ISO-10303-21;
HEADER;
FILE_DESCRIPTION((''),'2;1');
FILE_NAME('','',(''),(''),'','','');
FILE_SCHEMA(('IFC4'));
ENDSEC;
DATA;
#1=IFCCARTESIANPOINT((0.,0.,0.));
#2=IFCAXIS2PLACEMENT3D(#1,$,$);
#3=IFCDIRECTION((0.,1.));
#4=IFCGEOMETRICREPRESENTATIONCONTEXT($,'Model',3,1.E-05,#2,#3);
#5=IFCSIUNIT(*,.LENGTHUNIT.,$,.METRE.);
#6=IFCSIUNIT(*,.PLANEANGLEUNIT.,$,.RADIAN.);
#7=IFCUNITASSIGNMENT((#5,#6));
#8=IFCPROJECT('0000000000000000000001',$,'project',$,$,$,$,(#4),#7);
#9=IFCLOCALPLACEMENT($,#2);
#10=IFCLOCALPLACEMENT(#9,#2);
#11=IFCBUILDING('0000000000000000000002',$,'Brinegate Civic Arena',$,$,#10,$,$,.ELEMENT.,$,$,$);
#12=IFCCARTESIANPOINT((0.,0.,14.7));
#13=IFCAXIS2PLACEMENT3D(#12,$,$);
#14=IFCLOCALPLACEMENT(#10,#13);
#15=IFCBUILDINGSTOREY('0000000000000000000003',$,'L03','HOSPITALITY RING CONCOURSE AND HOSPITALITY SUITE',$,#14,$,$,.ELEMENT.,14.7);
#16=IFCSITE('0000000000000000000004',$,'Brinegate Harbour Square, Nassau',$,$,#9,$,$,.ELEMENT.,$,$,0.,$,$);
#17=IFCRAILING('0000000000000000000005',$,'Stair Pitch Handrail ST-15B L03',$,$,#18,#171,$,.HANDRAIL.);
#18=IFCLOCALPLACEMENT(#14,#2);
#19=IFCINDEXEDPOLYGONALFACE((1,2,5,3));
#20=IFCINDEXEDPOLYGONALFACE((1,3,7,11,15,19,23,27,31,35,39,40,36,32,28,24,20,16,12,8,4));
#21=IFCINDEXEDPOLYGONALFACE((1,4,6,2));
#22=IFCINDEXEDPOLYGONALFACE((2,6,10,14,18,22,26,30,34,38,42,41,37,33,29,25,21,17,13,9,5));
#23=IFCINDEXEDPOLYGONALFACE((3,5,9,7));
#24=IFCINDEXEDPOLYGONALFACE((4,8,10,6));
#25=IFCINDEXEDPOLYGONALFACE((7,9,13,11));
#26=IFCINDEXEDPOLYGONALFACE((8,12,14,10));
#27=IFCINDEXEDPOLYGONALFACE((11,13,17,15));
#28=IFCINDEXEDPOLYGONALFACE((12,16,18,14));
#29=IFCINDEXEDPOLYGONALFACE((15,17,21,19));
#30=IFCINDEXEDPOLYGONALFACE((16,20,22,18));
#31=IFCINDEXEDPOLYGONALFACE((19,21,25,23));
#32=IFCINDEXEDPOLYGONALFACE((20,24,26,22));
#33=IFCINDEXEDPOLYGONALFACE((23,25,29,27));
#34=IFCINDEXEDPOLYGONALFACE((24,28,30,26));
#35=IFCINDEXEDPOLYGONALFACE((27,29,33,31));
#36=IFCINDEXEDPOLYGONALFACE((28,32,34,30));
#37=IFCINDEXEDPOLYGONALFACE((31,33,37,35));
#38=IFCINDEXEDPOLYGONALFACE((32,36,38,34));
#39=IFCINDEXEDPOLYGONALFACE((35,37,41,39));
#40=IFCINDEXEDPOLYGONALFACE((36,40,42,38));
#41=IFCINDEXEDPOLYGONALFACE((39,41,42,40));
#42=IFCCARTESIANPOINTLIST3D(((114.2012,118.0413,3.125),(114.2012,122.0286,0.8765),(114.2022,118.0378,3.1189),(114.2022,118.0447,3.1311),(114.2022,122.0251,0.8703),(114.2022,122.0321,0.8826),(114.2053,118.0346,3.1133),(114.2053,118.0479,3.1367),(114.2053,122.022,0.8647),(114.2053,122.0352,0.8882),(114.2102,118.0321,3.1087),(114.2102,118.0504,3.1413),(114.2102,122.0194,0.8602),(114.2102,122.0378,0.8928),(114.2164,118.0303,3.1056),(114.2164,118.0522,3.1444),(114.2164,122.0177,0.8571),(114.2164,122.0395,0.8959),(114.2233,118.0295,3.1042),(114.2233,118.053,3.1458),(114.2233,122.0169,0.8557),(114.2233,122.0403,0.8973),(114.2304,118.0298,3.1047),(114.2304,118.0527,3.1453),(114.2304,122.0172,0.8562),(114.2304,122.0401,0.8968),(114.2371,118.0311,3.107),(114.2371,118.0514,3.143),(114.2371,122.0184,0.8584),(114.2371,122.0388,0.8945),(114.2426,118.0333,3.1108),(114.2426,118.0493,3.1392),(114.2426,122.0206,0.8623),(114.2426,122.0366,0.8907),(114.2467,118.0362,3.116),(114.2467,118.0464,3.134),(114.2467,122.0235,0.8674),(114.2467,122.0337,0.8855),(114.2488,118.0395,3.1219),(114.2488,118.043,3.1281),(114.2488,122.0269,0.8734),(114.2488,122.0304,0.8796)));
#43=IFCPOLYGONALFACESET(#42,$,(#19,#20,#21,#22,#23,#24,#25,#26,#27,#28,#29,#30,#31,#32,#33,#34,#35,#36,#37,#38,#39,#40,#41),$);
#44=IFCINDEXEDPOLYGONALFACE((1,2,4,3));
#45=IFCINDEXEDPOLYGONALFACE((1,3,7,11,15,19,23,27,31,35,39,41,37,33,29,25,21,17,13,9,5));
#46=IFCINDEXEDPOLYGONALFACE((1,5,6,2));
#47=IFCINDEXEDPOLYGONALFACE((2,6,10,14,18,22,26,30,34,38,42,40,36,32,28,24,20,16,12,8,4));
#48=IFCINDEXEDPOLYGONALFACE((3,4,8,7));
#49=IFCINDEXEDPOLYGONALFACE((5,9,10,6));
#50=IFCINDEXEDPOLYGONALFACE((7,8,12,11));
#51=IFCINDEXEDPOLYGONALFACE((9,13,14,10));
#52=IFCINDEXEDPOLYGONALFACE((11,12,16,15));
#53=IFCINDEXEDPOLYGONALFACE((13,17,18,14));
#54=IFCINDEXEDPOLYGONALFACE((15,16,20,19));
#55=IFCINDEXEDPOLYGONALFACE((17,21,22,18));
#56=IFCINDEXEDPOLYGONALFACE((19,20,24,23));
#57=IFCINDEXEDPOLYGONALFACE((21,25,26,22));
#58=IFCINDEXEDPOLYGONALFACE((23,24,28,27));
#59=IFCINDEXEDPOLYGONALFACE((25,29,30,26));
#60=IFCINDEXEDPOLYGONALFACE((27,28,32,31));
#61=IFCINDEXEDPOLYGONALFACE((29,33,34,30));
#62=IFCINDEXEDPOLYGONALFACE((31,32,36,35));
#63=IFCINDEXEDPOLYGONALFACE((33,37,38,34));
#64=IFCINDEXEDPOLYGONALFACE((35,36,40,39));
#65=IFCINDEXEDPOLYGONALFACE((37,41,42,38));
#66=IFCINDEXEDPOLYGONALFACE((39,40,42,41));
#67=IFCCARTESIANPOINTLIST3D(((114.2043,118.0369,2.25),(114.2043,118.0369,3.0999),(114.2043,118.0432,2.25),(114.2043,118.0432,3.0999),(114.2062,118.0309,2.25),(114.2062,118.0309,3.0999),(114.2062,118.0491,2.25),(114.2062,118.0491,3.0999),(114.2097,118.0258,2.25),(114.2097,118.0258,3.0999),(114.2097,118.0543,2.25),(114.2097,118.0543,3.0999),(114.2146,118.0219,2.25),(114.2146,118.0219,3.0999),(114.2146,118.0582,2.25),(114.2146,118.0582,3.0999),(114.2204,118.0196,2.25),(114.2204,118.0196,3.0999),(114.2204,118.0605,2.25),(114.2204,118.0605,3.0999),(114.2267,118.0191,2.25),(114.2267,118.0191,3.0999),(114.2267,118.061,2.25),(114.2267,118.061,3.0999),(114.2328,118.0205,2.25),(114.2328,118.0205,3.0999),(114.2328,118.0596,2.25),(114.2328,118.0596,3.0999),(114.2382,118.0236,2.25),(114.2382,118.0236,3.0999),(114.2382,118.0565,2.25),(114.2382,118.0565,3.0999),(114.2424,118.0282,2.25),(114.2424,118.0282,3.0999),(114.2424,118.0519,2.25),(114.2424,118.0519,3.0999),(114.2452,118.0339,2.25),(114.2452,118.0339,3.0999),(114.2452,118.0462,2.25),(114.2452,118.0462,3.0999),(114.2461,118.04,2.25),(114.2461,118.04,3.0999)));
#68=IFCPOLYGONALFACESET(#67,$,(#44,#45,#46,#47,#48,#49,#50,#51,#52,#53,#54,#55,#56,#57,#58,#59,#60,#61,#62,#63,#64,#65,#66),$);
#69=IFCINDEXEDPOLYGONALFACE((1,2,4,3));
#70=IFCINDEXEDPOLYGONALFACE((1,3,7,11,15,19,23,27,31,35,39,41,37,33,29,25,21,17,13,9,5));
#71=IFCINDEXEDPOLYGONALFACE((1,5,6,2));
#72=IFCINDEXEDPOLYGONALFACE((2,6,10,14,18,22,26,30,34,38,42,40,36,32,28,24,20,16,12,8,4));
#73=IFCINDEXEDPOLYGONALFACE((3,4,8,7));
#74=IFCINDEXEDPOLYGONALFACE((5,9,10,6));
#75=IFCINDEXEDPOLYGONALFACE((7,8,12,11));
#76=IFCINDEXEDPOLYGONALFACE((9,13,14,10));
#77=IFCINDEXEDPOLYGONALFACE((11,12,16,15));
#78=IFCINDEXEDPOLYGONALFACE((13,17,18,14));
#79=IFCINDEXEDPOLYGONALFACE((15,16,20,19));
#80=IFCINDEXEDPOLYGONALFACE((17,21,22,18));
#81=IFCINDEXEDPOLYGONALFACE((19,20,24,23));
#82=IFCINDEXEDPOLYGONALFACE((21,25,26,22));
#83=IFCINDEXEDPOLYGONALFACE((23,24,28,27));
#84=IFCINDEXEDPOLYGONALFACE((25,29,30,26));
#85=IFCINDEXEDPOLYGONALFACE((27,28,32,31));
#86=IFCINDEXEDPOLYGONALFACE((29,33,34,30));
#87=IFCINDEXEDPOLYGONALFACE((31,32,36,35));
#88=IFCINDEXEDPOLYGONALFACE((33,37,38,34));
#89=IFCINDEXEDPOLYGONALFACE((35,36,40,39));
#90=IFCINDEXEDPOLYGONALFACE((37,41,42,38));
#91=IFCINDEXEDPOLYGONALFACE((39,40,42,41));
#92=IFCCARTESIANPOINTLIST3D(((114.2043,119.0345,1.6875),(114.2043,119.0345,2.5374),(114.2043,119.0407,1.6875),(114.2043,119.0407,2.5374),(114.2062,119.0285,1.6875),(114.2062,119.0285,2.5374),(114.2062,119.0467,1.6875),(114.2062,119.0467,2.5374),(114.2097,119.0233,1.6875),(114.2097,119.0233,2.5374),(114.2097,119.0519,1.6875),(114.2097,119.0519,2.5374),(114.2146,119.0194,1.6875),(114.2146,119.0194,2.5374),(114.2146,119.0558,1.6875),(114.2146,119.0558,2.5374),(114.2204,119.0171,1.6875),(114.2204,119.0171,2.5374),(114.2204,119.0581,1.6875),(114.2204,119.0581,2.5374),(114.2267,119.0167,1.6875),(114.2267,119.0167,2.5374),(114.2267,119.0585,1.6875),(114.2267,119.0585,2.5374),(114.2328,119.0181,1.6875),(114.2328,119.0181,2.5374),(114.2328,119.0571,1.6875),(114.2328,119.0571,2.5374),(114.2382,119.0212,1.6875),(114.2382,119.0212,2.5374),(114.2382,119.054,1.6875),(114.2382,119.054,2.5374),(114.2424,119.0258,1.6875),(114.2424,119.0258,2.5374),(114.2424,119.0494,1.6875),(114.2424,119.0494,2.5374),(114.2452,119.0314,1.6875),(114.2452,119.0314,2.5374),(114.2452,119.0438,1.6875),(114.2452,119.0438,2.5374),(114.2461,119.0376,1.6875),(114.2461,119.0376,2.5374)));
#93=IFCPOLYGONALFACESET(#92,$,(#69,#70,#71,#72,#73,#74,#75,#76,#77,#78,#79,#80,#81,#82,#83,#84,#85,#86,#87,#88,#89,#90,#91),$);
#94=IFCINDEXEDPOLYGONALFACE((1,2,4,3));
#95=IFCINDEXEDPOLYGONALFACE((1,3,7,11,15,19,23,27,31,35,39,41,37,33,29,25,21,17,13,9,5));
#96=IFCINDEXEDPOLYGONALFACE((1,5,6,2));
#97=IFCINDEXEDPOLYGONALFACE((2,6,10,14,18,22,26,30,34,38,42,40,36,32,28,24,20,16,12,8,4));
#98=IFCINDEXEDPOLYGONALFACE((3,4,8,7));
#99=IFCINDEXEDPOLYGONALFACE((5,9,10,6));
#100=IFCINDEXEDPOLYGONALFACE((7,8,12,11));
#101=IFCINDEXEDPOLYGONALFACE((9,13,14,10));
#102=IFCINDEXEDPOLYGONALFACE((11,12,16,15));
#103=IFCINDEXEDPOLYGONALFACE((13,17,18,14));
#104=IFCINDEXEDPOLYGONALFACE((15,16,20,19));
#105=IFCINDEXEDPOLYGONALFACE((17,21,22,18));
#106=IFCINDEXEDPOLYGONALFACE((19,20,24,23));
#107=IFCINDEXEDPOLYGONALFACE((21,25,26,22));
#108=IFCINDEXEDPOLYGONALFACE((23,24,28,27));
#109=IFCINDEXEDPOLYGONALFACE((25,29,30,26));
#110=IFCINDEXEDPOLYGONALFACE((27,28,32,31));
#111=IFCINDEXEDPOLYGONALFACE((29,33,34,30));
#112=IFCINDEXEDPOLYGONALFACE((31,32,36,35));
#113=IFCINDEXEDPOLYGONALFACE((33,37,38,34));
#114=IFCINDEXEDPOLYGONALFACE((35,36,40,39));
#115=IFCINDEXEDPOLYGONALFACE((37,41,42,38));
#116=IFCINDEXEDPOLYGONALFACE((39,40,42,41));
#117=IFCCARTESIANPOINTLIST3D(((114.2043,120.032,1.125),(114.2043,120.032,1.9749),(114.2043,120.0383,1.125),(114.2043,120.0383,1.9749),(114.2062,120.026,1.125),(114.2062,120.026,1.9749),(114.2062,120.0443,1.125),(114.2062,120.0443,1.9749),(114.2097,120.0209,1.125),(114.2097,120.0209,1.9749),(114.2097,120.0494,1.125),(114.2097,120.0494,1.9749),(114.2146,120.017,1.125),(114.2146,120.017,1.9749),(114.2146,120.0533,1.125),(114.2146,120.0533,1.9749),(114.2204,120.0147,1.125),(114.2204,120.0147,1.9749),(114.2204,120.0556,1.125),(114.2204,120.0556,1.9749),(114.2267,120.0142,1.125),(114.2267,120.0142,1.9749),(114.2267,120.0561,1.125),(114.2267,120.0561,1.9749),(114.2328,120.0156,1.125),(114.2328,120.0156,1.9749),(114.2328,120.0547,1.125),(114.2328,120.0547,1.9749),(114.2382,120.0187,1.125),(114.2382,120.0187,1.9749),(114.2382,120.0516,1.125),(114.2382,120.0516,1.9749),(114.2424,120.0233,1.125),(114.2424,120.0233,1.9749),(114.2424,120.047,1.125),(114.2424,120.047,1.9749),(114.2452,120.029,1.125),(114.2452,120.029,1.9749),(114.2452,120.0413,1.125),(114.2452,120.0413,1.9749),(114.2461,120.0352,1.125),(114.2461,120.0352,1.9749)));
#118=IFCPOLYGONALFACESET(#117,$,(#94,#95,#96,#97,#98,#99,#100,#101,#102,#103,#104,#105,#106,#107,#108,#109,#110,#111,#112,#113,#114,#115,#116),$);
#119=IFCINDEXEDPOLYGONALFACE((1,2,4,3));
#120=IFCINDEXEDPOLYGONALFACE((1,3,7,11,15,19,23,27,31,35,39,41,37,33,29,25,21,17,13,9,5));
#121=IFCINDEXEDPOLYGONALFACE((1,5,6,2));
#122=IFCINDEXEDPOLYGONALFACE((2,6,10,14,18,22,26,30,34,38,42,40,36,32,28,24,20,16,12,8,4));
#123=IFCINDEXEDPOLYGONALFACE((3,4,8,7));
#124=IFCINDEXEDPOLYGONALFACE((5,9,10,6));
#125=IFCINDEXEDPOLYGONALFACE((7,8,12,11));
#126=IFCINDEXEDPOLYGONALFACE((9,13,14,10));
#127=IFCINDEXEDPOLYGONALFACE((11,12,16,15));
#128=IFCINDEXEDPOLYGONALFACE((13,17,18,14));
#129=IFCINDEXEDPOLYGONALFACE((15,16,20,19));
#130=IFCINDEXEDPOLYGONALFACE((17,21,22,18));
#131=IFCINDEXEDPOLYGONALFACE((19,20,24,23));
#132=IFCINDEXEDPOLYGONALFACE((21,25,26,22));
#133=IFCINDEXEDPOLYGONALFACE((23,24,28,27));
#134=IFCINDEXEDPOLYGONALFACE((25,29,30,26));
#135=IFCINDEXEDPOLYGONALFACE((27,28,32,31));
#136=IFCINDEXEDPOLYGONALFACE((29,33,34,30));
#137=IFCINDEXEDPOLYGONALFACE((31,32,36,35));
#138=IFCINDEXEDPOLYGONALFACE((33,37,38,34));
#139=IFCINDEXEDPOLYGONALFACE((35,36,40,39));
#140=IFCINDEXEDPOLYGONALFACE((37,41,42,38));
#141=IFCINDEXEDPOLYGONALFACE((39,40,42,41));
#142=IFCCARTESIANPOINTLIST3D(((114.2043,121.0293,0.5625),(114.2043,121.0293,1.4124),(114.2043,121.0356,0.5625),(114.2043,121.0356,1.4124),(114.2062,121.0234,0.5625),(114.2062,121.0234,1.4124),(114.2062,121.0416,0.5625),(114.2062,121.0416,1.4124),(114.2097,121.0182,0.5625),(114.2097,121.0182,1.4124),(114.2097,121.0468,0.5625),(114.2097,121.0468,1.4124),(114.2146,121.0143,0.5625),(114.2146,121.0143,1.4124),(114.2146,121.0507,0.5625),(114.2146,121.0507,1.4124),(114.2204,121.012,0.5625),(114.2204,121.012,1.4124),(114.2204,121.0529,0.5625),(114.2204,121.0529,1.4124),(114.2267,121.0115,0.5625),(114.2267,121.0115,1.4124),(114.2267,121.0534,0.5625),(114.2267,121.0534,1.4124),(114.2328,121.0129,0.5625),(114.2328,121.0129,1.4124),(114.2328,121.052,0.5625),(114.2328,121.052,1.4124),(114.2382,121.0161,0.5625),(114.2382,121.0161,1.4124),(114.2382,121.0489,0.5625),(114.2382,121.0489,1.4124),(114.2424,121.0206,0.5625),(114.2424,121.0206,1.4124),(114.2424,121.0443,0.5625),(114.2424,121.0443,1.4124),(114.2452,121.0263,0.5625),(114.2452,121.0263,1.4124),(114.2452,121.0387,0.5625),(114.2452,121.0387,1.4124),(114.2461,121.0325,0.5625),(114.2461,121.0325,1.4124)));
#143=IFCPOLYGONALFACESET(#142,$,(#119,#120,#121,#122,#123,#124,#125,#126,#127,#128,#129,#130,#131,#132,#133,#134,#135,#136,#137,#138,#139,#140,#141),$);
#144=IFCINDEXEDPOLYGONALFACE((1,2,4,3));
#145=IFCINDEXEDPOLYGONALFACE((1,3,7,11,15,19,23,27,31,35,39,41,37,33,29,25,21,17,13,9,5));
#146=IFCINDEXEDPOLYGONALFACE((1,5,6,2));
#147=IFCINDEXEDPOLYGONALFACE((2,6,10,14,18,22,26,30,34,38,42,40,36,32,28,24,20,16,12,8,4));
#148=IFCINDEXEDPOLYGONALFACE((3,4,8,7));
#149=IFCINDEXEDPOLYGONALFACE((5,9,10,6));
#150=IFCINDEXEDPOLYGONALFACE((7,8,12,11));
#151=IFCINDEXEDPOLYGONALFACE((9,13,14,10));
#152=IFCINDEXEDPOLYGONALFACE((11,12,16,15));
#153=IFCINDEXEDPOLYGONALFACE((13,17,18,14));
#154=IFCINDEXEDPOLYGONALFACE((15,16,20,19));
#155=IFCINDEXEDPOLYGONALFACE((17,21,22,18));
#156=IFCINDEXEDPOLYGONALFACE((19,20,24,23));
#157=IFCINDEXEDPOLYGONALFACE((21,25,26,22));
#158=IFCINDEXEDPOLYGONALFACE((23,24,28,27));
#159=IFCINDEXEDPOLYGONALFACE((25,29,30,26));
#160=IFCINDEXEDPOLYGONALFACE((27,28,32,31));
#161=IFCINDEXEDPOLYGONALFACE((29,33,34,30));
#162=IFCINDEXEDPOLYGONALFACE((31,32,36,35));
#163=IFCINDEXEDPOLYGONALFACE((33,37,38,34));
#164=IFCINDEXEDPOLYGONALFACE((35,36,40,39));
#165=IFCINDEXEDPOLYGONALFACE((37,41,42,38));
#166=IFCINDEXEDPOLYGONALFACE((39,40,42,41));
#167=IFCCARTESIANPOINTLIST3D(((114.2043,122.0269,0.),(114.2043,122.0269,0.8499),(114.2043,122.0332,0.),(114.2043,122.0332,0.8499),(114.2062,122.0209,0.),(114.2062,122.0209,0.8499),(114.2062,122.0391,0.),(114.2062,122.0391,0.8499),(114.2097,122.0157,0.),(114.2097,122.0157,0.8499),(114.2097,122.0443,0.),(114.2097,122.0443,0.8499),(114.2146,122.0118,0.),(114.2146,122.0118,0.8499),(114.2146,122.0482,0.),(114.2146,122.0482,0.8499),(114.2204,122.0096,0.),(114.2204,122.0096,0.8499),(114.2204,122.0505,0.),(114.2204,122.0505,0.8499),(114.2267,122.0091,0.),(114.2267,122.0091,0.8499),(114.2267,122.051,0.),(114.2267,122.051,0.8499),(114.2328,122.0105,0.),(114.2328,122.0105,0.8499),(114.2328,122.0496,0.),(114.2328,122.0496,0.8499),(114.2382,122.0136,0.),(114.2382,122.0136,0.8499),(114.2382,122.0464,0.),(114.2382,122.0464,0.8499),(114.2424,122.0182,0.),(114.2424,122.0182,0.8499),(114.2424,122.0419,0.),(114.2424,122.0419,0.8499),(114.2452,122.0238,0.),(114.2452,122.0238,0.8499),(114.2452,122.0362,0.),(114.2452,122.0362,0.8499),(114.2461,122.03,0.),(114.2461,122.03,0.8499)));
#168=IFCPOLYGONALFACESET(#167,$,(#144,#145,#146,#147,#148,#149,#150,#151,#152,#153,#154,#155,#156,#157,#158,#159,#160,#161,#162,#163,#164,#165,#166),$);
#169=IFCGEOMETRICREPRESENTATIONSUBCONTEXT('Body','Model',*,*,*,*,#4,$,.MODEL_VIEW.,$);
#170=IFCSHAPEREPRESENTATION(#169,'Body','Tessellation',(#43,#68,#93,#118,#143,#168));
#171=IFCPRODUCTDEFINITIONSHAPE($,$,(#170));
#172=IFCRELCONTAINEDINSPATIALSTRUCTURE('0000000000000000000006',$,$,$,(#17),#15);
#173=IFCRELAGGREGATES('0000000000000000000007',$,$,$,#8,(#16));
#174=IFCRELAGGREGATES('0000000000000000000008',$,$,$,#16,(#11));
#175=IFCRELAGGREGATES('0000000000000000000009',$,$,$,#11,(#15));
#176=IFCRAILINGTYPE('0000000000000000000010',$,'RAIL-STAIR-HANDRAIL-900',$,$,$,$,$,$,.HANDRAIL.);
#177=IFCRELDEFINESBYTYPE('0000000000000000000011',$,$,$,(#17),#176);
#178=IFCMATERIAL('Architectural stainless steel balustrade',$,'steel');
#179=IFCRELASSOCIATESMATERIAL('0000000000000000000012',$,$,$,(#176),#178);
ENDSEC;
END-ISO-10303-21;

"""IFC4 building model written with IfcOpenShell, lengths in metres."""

from ifc_helpers import new_model, si_unit, direction, frame, origin, origin_2d, place, context, subcontext, project, spatial, circle, extrude, material, type_object, element, save


model = new_model("IFC4")

# Units and contexts
model_context = context("Model", 3, precision=1e-05, world=origin(), true_north=direction((0.0, 1.0)))
body_context = subcontext(model_context, "Body", "Model", "MODEL_VIEW")
ifc_project = project(units=[si_unit("LENGTHUNIT", "METRE"), si_unit("PLANEANGLEUNIT", "RADIAN")], contexts=[model_context])

# Site, building, storey
site_placement = place(None, origin())
site = spatial("IfcSite", under=ifc_project, at=site_placement, Name="Brinegate Harbour Square, Nassau", CompositionType="ELEMENT", RefElevation=0.0)
building_placement = place(site_placement, origin())
building = spatial("IfcBuilding", under=site, at=building_placement, Name="Brinegate Civic Arena", CompositionType="ELEMENT")
storey_placement = place(building_placement, frame((0.0, 0.0, 14.7)))
storey = spatial("IfcBuildingStorey", under=building, at=storey_placement, Name="L03", Description="HOSPITALITY RING CONCOURSE AND HOSPITALITY SUITE", CompositionType="ELEMENT", Elevation=14.7)

# Railing
ifc_material_1 = material(Name="Architectural stainless steel balustrade", Category="steel")
railing_type_1 = type_object("IfcRailingType", Name="RAIL-STAIR-HANDRAIL-900", PredefinedType="HANDRAIL", material=ifc_material_1)
for number, where, name in (
    (1, (114.2251, 118.04, 2.25), "Stair Pitch Handrail ST-15B L03"),
):
    element("IfcRailing", number, at=place(storey_placement, frame(where)), inside=storey, type_object=railing_type_1, Name=name, PredefinedType="HANDRAIL", context=body_context, shape_type="SweptSolid", body=[
        extrude(circle(Radius=0.0239, at=origin_2d()), frame((0.0, 0.0012, 0.875), z_axis=(0.0, 0.87105, -0.491195), x_axis=(-1.0, 0.0, 0.0)), (0.0, 0.0, 1.0), 4.5776),
        extrude(circle(Radius=0.021, at=origin_2d()), origin(), (0.0, 0.0, 1.0), 0.8499),
        extrude(circle(Radius=0.021, at=origin_2d()), frame((0.0, 0.9976, -0.5625)), (0.0, 0.0, 1.0), 0.8499),
        extrude(circle(Radius=0.021, at=origin_2d()), frame((0.0, 1.9951, -1.125)), (0.0, 0.0, 1.0), 0.8499),
        extrude(circle(Radius=0.021, at=origin_2d()), frame((0.0, 2.9924, -1.6875)), (0.0, 0.0, 1.0), 0.8499),
        extrude(circle(Radius=0.021, at=origin_2d()), frame((0.0, 3.99, -2.25)), (0.0, 0.0, 1.0), 0.8499),
    ])

save(model, "model.ifc")
